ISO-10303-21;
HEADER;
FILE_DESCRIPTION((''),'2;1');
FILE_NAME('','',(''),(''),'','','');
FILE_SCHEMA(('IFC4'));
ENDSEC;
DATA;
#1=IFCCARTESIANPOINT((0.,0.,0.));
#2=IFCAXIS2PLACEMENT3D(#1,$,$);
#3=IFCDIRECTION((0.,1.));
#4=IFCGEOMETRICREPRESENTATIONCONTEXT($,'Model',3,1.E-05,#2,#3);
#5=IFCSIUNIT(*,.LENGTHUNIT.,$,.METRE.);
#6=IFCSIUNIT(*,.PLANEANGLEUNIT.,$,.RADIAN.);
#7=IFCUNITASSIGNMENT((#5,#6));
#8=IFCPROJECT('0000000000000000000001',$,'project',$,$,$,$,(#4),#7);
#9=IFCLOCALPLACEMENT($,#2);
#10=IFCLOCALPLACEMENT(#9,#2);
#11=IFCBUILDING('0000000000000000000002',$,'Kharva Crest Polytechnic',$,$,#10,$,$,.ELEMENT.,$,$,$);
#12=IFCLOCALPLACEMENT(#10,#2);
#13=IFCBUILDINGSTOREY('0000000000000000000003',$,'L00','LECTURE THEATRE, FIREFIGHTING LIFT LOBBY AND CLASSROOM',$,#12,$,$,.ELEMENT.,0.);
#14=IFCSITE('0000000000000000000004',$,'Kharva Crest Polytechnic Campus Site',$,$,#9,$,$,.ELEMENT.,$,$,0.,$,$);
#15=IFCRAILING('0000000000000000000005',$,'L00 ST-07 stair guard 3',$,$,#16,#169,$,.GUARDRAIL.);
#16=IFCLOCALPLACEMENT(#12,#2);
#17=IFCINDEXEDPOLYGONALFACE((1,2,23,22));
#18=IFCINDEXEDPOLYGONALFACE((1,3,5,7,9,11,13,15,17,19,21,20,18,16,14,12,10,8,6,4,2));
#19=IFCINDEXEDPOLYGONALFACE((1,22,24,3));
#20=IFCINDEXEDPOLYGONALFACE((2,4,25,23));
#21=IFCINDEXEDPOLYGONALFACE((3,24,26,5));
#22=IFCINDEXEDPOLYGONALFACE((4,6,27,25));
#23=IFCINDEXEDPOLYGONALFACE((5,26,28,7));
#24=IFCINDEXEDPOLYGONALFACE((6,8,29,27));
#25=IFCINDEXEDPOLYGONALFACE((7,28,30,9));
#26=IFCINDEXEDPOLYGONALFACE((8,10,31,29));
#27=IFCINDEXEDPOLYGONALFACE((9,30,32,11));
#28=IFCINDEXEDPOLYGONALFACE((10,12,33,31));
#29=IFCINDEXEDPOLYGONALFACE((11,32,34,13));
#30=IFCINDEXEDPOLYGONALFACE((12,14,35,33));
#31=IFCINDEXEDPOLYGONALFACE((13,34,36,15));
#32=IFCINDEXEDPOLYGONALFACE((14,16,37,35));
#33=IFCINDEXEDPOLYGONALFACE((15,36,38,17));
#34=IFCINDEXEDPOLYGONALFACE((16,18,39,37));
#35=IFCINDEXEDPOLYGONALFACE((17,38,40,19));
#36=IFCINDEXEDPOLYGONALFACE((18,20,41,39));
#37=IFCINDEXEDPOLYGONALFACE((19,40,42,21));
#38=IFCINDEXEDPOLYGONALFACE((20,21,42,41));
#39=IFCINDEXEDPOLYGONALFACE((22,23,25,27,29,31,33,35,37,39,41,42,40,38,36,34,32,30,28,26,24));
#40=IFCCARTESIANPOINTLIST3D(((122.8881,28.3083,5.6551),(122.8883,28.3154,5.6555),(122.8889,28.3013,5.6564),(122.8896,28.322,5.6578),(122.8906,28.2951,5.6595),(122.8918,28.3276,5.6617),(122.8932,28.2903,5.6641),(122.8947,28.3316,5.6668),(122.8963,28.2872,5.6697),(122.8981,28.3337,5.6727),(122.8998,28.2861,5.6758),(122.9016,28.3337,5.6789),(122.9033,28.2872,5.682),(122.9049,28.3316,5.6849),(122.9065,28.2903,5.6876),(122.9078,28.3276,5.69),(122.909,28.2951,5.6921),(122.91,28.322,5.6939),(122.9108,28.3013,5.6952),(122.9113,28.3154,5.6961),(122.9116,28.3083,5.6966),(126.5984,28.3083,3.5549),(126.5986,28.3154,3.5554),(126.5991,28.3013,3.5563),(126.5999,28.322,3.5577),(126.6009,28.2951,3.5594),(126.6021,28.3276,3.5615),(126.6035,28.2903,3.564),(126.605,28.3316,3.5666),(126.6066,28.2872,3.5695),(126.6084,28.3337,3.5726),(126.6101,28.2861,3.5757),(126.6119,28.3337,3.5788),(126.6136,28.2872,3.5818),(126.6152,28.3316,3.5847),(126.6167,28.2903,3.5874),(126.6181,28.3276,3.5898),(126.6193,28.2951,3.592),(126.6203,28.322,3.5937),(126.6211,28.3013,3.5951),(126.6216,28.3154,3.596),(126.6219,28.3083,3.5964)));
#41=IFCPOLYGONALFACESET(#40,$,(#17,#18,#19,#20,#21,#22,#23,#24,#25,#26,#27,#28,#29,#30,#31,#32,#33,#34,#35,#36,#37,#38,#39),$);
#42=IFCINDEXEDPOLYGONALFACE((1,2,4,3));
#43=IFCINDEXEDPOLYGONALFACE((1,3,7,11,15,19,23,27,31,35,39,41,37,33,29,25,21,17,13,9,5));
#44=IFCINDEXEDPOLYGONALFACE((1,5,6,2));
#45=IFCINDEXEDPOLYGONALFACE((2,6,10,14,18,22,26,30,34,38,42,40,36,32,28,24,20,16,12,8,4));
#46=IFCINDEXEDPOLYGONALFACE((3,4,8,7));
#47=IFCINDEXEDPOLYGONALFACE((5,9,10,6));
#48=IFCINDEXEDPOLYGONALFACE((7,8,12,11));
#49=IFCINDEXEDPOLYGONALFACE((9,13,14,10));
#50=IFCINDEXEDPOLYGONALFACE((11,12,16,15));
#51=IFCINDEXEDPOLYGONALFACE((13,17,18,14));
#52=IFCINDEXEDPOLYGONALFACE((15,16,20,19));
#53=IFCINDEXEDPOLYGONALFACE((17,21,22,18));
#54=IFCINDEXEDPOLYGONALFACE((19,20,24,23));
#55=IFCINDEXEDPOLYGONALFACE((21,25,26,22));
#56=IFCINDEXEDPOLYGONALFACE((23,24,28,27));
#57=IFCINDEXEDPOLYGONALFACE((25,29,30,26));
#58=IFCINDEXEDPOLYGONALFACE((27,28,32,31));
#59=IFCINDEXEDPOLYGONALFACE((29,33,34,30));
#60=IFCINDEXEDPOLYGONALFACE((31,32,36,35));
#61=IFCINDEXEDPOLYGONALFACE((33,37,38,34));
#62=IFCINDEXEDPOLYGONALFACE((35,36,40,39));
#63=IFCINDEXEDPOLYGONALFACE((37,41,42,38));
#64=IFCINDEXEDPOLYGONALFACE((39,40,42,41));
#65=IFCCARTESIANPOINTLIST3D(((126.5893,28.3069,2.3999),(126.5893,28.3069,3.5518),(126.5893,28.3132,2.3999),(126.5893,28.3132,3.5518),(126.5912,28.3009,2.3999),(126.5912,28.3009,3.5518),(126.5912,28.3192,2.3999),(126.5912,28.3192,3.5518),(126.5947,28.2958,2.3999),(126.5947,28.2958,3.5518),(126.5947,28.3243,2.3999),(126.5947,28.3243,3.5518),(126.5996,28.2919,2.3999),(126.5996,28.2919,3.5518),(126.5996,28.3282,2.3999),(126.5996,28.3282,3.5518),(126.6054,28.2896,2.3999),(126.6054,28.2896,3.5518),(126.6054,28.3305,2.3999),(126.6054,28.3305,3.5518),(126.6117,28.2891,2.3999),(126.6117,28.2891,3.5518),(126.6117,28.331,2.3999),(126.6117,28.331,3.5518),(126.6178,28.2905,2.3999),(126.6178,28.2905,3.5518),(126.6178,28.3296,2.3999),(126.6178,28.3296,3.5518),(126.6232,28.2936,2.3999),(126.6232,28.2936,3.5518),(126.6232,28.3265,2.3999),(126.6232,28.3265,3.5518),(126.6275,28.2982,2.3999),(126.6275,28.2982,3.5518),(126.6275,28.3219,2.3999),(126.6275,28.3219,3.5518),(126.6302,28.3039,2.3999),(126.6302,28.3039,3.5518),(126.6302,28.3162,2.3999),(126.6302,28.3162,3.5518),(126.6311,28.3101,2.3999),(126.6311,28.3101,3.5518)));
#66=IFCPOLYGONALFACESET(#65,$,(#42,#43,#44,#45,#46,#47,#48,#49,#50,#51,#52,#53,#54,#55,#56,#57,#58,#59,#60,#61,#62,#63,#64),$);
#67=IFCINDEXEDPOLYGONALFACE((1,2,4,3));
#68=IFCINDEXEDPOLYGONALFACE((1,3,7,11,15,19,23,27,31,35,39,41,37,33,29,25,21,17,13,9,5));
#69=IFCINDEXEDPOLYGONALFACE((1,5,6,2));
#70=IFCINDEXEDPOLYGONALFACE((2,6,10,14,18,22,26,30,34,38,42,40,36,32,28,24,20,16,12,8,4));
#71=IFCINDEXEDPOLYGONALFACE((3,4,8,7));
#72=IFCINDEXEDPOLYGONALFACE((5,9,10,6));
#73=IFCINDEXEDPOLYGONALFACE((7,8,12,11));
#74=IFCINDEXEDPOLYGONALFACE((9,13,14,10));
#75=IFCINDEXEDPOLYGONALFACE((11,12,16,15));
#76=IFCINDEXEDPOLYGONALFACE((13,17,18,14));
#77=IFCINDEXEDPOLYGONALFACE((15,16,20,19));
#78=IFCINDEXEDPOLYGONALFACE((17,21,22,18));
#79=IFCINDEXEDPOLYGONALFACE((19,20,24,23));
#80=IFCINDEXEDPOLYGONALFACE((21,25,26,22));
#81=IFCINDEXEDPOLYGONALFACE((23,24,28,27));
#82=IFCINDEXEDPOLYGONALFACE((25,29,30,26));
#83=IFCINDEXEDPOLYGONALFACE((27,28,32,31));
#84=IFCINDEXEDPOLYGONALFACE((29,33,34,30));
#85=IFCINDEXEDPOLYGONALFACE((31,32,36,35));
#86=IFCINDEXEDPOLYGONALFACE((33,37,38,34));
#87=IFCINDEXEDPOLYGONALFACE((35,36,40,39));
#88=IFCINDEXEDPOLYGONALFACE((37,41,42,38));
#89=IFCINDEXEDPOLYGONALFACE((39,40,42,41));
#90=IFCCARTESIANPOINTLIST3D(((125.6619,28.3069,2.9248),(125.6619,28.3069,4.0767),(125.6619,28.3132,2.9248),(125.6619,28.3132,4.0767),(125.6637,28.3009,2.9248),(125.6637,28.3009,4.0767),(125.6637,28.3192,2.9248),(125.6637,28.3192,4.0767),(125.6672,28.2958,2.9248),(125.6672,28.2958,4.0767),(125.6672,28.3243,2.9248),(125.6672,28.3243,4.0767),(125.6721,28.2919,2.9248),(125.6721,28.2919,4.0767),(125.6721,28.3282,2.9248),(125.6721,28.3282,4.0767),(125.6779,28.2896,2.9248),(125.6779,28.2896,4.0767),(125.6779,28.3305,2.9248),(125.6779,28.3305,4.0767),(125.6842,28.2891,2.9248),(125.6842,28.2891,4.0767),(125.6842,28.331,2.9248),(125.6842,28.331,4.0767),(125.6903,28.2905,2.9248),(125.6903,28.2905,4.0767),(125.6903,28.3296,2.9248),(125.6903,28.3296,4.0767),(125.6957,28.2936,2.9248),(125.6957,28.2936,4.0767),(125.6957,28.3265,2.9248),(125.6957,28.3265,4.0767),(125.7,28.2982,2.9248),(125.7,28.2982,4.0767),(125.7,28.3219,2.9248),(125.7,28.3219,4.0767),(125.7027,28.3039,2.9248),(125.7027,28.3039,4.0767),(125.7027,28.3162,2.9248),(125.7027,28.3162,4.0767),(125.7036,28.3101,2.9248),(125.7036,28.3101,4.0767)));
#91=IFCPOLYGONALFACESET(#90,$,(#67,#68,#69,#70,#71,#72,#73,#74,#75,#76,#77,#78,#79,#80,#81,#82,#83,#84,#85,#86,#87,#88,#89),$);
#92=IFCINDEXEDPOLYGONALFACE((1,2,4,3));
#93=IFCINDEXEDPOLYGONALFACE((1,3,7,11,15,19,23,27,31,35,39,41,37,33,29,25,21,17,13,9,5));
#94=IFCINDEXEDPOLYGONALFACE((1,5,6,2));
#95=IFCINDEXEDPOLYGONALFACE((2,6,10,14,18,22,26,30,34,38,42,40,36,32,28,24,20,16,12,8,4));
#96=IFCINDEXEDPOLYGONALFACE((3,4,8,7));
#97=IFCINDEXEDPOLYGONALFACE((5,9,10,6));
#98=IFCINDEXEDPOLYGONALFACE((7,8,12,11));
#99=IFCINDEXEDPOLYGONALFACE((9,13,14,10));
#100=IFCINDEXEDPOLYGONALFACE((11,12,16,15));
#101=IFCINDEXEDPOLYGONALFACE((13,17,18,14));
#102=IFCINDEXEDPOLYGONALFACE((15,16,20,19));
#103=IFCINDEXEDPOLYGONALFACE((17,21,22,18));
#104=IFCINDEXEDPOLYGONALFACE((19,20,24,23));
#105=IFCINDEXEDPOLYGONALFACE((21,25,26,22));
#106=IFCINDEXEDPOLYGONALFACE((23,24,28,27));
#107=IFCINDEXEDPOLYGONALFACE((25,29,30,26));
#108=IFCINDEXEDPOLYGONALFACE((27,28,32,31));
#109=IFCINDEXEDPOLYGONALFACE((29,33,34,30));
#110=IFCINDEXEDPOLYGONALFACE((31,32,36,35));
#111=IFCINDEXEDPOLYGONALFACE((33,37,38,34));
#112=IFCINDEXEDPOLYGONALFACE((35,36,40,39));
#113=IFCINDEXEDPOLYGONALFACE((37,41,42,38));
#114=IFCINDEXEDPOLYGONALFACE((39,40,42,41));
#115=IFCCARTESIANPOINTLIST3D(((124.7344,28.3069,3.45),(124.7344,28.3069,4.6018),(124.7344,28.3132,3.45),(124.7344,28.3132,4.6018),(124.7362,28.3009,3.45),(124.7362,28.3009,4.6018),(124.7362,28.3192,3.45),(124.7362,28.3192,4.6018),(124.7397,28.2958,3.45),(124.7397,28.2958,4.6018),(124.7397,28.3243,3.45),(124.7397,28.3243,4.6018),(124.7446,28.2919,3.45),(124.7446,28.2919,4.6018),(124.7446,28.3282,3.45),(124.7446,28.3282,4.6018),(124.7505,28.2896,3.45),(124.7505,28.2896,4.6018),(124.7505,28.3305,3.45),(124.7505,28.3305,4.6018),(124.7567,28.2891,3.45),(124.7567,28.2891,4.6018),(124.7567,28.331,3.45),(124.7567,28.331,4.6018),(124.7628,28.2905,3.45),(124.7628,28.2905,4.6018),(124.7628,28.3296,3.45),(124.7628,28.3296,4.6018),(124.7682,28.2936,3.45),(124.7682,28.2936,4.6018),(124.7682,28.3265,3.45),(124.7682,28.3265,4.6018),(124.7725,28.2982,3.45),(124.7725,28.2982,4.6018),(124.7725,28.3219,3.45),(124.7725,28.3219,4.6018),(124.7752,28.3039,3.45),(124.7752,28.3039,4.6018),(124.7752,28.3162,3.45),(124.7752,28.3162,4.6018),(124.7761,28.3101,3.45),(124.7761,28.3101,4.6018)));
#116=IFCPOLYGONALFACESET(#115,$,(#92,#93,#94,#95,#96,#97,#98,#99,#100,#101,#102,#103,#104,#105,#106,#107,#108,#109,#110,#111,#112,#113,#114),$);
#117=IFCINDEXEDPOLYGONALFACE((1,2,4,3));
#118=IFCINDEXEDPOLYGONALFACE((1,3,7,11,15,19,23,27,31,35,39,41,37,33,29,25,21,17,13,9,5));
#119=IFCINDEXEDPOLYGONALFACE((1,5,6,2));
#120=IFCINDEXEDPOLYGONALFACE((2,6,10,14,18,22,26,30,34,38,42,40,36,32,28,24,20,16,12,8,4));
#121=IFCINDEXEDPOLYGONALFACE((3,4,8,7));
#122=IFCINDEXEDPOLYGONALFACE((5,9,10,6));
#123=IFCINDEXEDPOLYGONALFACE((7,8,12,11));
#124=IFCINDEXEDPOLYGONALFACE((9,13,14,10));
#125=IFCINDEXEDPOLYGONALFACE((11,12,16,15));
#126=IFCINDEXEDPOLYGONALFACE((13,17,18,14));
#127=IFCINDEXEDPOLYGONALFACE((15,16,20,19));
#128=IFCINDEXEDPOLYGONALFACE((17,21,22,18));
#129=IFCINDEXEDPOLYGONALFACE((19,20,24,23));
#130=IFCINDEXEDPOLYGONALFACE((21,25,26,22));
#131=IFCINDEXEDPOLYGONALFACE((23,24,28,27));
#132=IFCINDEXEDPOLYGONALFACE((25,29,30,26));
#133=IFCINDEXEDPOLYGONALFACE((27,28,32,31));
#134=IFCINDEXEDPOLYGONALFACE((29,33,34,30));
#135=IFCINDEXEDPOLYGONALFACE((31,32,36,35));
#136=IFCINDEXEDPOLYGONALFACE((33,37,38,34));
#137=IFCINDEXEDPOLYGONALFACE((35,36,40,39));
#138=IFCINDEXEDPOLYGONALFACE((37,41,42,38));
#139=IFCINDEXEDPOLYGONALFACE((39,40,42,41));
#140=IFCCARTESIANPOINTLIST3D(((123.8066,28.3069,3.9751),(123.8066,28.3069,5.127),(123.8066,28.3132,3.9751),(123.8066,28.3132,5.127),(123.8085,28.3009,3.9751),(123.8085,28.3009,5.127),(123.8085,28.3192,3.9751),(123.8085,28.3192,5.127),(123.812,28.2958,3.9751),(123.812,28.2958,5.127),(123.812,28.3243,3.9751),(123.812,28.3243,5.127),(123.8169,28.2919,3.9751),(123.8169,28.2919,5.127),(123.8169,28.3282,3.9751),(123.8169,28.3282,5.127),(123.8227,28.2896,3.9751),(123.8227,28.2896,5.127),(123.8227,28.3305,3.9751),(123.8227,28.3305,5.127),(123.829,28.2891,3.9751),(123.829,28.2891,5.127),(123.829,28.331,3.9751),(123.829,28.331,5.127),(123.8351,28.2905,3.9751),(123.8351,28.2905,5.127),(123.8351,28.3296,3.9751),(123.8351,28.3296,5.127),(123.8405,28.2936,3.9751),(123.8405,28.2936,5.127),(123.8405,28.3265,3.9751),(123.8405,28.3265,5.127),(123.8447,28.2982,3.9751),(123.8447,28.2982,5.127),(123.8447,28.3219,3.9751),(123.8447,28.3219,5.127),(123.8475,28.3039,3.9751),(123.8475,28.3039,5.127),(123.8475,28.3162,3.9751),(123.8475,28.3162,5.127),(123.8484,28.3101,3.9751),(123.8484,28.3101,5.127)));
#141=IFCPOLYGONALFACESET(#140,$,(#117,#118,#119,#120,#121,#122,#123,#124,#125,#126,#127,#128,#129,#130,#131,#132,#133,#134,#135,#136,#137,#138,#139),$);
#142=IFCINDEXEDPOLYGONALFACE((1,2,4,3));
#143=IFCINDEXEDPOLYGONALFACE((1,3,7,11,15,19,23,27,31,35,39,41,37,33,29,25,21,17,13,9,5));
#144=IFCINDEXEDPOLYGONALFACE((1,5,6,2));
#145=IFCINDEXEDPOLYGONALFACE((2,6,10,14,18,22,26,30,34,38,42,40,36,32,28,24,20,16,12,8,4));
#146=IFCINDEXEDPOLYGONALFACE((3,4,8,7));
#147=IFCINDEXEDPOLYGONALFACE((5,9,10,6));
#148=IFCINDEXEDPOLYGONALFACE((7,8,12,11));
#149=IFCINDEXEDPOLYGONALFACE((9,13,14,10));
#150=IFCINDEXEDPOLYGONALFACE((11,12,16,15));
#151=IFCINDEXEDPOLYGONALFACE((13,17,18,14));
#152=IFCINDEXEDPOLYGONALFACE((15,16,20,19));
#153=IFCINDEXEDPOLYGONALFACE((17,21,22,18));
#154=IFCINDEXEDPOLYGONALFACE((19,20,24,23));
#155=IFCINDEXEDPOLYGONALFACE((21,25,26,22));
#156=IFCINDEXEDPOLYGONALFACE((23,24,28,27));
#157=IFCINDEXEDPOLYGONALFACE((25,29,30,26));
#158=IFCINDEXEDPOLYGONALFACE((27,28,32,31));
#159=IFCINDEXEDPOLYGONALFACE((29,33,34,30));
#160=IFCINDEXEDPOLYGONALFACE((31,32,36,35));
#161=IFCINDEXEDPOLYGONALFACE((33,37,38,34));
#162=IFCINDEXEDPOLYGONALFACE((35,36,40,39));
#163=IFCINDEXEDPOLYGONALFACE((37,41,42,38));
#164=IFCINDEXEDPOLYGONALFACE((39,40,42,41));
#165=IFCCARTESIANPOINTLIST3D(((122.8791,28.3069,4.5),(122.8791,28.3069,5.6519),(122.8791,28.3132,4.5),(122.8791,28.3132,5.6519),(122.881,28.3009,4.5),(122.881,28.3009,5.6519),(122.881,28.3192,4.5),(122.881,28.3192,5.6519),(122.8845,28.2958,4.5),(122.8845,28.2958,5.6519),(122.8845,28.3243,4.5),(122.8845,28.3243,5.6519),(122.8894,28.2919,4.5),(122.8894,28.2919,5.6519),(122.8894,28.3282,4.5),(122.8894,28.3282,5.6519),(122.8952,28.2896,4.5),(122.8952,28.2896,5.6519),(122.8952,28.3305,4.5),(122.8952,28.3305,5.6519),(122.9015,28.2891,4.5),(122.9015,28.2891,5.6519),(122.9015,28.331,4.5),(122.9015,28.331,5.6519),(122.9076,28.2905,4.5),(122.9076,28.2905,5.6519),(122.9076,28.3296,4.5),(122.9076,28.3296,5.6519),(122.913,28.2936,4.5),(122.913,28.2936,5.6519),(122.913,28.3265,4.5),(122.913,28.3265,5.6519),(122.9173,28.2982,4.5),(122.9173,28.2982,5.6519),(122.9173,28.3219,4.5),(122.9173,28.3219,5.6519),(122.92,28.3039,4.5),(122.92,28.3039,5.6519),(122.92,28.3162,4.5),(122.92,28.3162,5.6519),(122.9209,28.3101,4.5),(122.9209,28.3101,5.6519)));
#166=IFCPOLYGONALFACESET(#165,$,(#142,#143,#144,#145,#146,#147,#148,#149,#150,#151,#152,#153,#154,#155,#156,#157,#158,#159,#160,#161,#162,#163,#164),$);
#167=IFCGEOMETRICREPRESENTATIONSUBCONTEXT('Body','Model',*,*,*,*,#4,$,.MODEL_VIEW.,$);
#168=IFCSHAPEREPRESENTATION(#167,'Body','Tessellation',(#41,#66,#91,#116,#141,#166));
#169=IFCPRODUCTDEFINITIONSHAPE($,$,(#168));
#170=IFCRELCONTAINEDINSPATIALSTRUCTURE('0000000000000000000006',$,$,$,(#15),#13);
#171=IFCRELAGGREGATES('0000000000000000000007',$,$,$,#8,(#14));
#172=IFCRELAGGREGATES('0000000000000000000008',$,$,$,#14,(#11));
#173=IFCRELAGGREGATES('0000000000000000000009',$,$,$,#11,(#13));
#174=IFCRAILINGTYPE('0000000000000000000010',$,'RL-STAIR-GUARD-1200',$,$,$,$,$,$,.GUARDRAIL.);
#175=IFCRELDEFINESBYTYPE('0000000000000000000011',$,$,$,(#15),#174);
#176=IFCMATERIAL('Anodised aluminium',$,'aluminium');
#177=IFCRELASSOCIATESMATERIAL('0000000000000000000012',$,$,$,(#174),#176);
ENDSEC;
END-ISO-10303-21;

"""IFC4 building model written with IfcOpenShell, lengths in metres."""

from ifc_helpers import new_model, si_unit, direction, frame, origin, origin_2d, place, context, subcontext, project, spatial, circle, extrude, material, type_object, element, save


model = new_model("IFC4")

# Units and contexts
model_context = context("Model", 3, precision=1e-05, world=origin(), true_north=direction((0.0, 1.0)))
body_context = subcontext(model_context, "Body", "Model", "MODEL_VIEW")
ifc_project = project(units=[si_unit("LENGTHUNIT", "METRE"), si_unit("PLANEANGLEUNIT", "RADIAN")], contexts=[model_context])

# Site, building, storey
site_placement = place(None, origin())
site = spatial("IfcSite", under=ifc_project, at=site_placement, Name="Kharva Crest Polytechnic Campus Site", CompositionType="ELEMENT", RefElevation=0.0)
building_placement = place(site_placement, origin())
building = spatial("IfcBuilding", under=site, at=building_placement, Name="Kharva Crest Polytechnic", CompositionType="ELEMENT")
storey_placement = place(building_placement, origin())
storey = spatial("IfcBuildingStorey", under=building, at=storey_placement, Name="L00", Description="LECTURE THEATRE, FIREFIGHTING LIFT LOBBY AND CLASSROOM", CompositionType="ELEMENT", Elevation=0.0)

# Shared definitions
ifc_material_1 = material(Name="Anodised aluminium", Category="aluminium")

# Railing
railing_type_1 = type_object("IfcRailingType", Name="RL-STAIR-GUARD-1200", PredefinedType="GUARDRAIL", material=ifc_material_1)
railing_1_placement = place(storey_placement, frame((126.6101, 28.3101, 2.3999)))
element("IfcRailing", 1, at=railing_1_placement, inside=storey, type_object=railing_type_1, Name="L00 ST-07 stair guard 3", PredefinedType="GUARDRAIL", context=body_context, shape_type="SweptSolid", body=[
    extrude(circle(Radius=0.0239, at=origin_2d()), frame((0.0, 0.0, 1.1758), z_axis=(-0.870259, 0.0, 0.492595), x_axis=(0.0, -1.0, 0.0)), (0.0, 0.0, 1.0), 4.2634),
    extrude(circle(Radius=0.021, at=origin_2d()), origin(), (0.0, 0.0, 1.0), 1.1519),
    extrude(circle(Radius=0.021, at=origin_2d()), frame((-0.9275, 0.0, 0.5249)), (0.0, 0.0, 1.0), 1.1519),
    extrude(circle(Radius=0.021, at=origin_2d()), frame((-1.855, 0.0, 1.05)), (0.0, 0.0, 1.0), 1.1519),
    extrude(circle(Radius=0.021, at=origin_2d()), frame((-2.7827, 0.0, 1.5752)), (0.0, 0.0, 1.0), 1.1519),
    extrude(circle(Radius=0.021, at=origin_2d()), frame((-3.7102, 0.0, 2.1001)), (0.0, 0.0, 1.0), 1.1519),
])

save(model, "model.ifc")
